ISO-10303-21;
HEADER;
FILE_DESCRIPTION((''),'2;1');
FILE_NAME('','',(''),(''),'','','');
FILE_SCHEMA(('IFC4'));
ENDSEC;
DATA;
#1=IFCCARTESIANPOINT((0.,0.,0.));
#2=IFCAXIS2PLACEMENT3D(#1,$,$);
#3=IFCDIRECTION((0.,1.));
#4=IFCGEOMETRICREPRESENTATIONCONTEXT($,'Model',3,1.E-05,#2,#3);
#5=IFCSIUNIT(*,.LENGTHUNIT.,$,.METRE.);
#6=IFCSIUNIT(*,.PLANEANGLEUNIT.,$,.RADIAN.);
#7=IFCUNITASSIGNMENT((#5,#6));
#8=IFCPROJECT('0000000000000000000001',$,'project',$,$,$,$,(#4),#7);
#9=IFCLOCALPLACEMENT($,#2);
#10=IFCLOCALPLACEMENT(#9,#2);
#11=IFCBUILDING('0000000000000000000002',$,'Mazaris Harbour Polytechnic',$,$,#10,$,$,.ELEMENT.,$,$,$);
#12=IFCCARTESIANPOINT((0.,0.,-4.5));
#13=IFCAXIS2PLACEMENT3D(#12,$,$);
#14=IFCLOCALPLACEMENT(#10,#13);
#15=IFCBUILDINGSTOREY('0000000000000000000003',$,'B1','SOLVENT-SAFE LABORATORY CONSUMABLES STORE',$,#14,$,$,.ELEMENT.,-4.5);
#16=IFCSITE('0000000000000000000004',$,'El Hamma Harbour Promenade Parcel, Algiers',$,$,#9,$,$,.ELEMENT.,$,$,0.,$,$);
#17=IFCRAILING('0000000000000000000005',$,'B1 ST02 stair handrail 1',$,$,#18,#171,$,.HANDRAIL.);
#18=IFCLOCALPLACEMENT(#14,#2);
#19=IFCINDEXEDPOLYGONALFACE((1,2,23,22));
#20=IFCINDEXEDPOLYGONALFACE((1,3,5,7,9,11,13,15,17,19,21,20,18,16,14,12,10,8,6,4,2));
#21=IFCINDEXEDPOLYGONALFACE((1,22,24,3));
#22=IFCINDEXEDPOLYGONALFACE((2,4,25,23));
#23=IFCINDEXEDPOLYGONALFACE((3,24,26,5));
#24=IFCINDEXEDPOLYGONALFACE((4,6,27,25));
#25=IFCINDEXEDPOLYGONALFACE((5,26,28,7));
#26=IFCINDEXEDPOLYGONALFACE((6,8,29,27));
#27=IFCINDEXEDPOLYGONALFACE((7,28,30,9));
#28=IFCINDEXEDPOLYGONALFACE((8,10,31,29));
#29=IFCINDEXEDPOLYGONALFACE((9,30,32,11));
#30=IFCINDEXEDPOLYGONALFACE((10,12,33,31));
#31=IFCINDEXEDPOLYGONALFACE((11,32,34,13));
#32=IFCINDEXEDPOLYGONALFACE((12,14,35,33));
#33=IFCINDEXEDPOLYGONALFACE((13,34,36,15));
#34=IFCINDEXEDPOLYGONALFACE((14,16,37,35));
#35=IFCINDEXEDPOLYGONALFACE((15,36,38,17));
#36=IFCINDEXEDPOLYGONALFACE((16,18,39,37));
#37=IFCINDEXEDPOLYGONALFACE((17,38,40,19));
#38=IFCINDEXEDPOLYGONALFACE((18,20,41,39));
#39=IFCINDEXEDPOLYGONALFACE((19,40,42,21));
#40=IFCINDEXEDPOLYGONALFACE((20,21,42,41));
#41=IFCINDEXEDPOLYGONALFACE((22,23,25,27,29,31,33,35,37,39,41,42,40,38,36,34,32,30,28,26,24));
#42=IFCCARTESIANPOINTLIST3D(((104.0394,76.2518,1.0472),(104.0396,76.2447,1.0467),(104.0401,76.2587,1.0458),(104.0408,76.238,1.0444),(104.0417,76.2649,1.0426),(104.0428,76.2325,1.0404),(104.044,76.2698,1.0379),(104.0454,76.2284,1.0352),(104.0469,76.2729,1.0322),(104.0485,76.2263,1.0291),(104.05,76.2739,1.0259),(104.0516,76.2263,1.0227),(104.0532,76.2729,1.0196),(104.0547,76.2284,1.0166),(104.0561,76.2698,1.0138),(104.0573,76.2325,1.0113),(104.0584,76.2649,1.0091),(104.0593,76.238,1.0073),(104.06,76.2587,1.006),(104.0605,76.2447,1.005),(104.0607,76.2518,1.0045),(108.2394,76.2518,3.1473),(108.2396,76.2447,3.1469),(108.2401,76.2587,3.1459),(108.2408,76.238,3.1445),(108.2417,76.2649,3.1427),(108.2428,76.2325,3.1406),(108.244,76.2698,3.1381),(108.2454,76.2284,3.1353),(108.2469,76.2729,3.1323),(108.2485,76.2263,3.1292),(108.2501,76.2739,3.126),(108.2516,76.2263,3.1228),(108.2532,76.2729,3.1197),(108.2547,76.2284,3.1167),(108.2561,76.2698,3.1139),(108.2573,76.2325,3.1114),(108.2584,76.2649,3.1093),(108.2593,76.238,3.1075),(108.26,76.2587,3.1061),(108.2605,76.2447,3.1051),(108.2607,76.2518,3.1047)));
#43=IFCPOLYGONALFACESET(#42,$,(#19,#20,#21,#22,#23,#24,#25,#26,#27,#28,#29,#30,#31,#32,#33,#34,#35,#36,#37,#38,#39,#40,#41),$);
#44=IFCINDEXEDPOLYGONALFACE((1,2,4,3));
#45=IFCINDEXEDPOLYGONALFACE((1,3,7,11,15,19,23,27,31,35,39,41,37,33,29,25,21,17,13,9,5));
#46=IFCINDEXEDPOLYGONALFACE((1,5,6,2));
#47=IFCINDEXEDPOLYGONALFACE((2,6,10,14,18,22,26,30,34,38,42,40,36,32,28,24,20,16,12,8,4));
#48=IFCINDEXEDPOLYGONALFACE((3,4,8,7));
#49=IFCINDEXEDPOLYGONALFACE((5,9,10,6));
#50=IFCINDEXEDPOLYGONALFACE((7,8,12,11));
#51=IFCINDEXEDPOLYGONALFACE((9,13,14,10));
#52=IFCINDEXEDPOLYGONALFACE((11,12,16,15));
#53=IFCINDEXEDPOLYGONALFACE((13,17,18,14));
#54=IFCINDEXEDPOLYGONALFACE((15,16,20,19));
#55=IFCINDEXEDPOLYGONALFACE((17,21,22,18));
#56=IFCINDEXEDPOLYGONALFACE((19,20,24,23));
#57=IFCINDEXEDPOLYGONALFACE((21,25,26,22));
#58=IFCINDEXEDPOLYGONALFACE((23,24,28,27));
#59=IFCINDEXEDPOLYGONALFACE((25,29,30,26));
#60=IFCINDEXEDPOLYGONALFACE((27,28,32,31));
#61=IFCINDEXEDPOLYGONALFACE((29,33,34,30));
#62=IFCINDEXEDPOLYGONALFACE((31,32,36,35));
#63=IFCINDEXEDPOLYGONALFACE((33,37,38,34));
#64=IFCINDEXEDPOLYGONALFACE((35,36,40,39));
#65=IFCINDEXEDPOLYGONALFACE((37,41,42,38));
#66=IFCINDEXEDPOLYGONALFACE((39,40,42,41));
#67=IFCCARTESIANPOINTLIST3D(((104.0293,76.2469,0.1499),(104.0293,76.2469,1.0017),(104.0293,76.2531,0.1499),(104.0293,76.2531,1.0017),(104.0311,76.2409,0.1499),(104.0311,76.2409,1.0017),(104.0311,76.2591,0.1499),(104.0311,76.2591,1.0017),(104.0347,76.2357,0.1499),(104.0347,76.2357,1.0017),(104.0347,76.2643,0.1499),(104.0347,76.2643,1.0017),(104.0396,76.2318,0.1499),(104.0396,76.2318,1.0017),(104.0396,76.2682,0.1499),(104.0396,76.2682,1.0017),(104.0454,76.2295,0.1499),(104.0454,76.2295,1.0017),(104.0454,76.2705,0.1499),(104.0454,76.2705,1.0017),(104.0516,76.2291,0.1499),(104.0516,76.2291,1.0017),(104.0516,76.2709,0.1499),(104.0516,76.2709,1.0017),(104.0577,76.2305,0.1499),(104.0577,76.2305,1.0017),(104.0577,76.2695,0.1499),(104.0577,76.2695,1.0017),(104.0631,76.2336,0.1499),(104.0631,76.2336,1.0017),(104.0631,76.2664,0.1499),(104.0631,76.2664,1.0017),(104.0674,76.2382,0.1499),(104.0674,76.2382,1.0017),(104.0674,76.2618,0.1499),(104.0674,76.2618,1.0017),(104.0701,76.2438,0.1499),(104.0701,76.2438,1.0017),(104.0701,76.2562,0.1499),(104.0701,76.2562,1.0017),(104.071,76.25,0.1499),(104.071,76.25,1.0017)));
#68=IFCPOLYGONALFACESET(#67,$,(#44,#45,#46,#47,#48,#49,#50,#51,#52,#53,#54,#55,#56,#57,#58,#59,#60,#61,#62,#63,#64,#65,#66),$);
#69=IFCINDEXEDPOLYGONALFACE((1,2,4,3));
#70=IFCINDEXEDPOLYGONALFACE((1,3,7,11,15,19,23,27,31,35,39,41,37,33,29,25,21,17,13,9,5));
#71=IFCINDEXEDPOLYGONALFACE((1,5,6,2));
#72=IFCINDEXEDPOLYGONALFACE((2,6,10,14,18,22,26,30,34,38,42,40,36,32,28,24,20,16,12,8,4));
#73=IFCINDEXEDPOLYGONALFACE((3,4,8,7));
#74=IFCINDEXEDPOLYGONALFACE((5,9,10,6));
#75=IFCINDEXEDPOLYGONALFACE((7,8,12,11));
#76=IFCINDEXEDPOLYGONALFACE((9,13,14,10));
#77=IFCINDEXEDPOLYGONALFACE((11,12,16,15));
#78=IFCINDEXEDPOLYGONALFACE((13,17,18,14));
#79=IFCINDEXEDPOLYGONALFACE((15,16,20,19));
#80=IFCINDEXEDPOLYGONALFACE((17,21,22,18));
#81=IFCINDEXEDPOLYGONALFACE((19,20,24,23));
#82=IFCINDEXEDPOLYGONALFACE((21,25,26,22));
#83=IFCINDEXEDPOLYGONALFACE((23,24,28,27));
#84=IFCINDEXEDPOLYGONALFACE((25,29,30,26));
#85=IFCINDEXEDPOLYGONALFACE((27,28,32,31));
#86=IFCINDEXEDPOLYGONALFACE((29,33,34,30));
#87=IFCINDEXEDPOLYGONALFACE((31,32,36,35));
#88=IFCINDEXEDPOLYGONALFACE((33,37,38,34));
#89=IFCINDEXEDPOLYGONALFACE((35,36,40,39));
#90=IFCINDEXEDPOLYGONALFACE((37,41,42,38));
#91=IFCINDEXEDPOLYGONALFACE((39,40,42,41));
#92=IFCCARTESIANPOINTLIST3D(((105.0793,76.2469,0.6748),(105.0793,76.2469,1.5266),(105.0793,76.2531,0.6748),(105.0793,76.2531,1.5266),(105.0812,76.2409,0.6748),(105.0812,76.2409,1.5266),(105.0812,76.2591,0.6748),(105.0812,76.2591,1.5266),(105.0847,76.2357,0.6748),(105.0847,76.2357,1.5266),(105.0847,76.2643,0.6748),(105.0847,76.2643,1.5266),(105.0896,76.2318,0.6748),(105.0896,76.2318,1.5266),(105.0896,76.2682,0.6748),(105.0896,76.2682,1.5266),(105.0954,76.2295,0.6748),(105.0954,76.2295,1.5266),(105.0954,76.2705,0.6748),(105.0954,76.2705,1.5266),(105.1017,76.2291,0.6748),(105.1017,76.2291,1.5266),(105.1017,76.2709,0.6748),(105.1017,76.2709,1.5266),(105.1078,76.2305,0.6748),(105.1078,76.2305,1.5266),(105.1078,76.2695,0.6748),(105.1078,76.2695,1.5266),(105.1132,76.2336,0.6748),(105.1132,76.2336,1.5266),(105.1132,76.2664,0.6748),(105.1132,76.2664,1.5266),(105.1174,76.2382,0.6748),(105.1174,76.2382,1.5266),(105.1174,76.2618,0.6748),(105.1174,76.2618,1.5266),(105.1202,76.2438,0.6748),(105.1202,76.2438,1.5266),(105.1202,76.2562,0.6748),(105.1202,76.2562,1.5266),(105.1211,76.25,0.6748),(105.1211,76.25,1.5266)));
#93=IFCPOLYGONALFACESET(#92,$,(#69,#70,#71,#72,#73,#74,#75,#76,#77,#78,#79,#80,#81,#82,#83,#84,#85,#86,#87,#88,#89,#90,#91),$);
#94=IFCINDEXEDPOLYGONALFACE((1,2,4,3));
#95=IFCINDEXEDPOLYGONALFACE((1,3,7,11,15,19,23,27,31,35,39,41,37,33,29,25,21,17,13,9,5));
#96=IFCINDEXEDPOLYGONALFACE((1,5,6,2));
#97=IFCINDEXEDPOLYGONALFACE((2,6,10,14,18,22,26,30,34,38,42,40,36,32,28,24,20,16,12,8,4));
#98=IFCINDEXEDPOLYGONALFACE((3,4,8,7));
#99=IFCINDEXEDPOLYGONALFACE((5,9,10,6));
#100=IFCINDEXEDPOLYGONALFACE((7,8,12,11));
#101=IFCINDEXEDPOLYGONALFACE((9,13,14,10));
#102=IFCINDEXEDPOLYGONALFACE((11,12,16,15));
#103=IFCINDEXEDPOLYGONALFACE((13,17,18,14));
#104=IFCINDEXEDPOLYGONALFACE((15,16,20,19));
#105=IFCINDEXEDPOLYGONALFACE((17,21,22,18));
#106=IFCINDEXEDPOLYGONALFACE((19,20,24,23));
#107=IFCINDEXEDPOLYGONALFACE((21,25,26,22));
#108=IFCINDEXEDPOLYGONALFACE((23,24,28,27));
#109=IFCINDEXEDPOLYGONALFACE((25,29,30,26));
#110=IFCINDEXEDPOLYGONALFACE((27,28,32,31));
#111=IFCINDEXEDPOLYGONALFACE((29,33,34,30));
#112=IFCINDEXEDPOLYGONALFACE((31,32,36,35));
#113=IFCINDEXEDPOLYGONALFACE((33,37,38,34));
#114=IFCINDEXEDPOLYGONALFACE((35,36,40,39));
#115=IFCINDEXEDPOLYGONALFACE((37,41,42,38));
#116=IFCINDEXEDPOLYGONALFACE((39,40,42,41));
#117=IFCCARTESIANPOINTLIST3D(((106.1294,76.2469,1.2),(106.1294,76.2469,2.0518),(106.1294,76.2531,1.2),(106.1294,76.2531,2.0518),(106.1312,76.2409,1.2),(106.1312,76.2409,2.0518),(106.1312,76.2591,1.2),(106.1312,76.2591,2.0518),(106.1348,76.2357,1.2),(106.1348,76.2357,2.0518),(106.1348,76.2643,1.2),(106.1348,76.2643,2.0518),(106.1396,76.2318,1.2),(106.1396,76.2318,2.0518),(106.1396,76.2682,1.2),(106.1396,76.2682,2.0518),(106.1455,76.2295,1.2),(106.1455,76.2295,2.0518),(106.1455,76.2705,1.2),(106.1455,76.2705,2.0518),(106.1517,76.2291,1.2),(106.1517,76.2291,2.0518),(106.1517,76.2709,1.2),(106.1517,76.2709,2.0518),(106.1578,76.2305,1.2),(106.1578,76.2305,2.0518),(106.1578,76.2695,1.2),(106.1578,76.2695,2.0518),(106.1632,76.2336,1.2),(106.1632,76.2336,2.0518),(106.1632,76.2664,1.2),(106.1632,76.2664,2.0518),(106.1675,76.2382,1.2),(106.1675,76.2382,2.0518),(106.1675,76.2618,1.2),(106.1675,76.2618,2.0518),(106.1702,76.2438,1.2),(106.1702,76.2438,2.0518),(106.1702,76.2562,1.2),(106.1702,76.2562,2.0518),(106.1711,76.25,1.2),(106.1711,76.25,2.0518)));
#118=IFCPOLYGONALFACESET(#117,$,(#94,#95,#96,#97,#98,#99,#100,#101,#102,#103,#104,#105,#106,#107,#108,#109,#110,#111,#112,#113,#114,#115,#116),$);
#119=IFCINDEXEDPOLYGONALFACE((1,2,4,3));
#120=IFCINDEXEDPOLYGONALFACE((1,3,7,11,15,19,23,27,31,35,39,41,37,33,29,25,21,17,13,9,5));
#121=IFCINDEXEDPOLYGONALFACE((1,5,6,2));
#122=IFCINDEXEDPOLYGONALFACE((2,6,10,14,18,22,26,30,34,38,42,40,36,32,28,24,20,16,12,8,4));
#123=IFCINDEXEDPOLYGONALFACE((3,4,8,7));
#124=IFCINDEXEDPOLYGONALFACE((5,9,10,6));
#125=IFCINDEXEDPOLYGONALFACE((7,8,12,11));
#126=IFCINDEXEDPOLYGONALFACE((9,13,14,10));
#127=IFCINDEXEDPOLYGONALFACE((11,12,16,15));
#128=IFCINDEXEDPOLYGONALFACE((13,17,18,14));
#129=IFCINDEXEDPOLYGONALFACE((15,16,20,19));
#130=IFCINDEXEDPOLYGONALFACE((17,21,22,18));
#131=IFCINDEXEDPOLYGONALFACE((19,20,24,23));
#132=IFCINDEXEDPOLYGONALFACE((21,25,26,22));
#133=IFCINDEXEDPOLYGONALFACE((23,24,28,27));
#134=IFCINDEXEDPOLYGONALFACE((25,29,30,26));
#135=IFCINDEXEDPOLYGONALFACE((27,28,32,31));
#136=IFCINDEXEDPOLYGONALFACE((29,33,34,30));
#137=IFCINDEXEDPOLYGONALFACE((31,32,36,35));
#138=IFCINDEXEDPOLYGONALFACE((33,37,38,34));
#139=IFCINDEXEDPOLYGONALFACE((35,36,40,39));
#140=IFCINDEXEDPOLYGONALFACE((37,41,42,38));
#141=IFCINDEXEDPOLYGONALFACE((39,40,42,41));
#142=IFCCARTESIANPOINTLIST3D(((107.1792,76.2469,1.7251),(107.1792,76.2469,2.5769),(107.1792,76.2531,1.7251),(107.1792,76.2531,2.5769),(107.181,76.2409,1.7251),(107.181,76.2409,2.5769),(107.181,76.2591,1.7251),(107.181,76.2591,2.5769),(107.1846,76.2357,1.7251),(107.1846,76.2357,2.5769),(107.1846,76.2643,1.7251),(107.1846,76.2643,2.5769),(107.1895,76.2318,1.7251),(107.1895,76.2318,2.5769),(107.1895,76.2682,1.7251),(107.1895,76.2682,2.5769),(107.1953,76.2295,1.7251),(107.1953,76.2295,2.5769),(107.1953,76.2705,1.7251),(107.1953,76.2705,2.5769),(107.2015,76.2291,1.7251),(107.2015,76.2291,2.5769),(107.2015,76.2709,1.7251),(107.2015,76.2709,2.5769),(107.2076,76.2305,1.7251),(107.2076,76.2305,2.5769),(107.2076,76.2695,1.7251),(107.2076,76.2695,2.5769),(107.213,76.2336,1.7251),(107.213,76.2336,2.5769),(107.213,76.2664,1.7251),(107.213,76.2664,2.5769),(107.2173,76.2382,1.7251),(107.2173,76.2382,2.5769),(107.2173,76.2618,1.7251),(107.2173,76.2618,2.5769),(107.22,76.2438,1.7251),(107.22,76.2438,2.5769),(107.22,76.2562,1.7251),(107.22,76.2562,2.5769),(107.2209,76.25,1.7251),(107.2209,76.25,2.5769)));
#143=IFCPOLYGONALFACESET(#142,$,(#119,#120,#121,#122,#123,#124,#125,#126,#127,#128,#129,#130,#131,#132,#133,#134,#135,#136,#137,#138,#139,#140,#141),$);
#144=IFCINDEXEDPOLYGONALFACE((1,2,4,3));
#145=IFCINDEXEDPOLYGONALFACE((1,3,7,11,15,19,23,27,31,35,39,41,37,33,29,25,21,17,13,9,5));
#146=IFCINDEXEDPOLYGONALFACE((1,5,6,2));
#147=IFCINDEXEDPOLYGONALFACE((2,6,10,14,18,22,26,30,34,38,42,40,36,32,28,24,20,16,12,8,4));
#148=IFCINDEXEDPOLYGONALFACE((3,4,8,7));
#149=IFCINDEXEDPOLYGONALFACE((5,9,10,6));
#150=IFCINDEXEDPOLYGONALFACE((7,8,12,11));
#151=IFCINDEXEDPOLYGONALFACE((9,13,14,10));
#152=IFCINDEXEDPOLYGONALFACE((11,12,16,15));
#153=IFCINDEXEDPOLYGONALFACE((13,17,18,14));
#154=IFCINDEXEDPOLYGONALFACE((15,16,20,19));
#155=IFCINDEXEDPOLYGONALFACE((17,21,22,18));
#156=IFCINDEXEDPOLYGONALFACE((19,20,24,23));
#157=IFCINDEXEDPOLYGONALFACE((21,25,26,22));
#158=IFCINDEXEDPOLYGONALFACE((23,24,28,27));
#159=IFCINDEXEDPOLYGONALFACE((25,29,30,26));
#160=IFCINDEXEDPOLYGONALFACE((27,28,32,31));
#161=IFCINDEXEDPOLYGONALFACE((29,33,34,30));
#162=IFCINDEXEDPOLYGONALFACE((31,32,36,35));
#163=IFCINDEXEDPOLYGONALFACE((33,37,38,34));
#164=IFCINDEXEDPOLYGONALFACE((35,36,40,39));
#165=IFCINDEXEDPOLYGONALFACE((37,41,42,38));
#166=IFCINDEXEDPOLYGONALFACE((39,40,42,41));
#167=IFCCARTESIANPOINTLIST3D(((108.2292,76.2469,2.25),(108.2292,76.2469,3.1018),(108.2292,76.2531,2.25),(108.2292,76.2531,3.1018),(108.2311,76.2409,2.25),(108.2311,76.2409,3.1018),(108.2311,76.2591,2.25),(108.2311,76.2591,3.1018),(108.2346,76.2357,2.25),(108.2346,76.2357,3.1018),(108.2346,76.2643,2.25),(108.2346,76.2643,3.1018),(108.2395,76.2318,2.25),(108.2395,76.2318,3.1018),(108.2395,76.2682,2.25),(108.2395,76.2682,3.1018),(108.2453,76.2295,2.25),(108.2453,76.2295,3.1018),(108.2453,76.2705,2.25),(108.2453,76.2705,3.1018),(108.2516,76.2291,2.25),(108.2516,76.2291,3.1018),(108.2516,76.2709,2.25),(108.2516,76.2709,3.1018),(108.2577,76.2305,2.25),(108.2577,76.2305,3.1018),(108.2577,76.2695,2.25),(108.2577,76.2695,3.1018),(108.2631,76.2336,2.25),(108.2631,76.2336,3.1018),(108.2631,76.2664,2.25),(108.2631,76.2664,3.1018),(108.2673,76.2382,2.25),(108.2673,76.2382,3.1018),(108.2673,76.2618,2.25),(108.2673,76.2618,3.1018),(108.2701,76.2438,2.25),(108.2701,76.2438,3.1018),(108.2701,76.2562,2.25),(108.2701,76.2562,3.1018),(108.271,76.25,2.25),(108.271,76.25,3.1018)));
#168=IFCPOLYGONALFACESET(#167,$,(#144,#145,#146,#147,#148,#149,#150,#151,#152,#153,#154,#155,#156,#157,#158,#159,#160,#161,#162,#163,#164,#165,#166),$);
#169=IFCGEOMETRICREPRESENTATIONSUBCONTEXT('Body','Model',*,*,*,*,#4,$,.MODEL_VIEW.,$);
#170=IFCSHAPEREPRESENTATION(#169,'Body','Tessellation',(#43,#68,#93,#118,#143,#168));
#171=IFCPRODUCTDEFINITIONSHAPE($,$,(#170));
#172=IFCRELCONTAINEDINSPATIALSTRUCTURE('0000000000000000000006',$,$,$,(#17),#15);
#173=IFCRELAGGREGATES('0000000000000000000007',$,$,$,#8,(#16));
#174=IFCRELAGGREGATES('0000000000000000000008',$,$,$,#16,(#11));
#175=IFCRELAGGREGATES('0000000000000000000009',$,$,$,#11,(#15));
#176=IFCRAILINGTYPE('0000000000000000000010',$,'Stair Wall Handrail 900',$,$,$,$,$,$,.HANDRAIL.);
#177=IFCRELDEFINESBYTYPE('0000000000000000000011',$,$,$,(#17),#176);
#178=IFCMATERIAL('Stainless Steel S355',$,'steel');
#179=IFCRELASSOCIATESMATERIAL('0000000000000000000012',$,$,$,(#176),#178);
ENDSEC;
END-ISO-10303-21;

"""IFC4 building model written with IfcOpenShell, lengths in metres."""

from ifc_helpers import new_model, si_unit, direction, frame, origin, origin_2d, place, context, subcontext, project, spatial, circle, extrude, material, type_object, element, save


model = new_model("IFC4")

# Units and contexts
model_context = context("Model", 3, precision=1e-05, world=origin(), true_north=direction((0.0, 1.0)))
body_context = subcontext(model_context, "Body", "Model", "MODEL_VIEW")
ifc_project = project(units=[si_unit("LENGTHUNIT", "METRE"), si_unit("PLANEANGLEUNIT", "RADIAN")], contexts=[model_context])

# Site, building, storey
site_placement = place(None, origin())
site = spatial("IfcSite", under=ifc_project, at=site_placement, Name="El Hamma Harbour Promenade Parcel, Algiers", CompositionType="ELEMENT", RefElevation=0.0)
building_placement = place(site_placement, origin())
building = spatial("IfcBuilding", under=site, at=building_placement, Name="Mazaris Harbour Polytechnic", CompositionType="ELEMENT")
storey_placement = place(building_placement, frame((0.0, 0.0, -4.5)))
storey = spatial("IfcBuildingStorey", under=building, at=storey_placement, Name="B1", Description="SOLVENT-SAFE LABORATORY CONSUMABLES STORE", CompositionType="ELEMENT", Elevation=-4.5)

# Railing
ifc_material_1 = material(Name="Stainless Steel S355", Category="steel")
railing_type_1 = type_object("IfcRailingType", Name="Stair Wall Handrail 900", PredefinedType="HANDRAIL", material=ifc_material_1)
railing_1_placement = place(storey_placement, frame((104.05, 76.25, 0.1499)))
element("IfcRailing", 1, at=railing_1_placement, inside=storey, type_object=railing_type_1, Name="B1 ST02 stair handrail 1", PredefinedType="HANDRAIL", context=body_context, shape_type="SweptSolid", body=[
    extrude(circle(Radius=0.0239, at=origin_2d()), frame((0.0, 0.0, 0.876), z_axis=(0.894417, 0.0, 0.447234), x_axis=(0.0, 1.0, 0.0)), (0.0, 0.0, 1.0), 4.6958),
    extrude(circle(Radius=0.021, at=origin_2d()), origin(), (0.0, 0.0, 1.0), 0.8518),
    extrude(circle(Radius=0.021, at=origin_2d()), frame((1.05, 0.0, 0.5249)), (0.0, 0.0, 1.0), 0.8518),
    extrude(circle(Radius=0.021, at=origin_2d()), frame((2.1001, 0.0, 1.05)), (0.0, 0.0, 1.0), 0.8518),
    extrude(circle(Radius=0.021, at=origin_2d()), frame((3.1499, 0.0, 1.5752)), (0.0, 0.0, 1.0), 0.8518),
    extrude(circle(Radius=0.021, at=origin_2d()), frame((4.2, 0.0, 2.1001)), (0.0, 0.0, 1.0), 0.8518),
])

save(model, "model.ifc")
